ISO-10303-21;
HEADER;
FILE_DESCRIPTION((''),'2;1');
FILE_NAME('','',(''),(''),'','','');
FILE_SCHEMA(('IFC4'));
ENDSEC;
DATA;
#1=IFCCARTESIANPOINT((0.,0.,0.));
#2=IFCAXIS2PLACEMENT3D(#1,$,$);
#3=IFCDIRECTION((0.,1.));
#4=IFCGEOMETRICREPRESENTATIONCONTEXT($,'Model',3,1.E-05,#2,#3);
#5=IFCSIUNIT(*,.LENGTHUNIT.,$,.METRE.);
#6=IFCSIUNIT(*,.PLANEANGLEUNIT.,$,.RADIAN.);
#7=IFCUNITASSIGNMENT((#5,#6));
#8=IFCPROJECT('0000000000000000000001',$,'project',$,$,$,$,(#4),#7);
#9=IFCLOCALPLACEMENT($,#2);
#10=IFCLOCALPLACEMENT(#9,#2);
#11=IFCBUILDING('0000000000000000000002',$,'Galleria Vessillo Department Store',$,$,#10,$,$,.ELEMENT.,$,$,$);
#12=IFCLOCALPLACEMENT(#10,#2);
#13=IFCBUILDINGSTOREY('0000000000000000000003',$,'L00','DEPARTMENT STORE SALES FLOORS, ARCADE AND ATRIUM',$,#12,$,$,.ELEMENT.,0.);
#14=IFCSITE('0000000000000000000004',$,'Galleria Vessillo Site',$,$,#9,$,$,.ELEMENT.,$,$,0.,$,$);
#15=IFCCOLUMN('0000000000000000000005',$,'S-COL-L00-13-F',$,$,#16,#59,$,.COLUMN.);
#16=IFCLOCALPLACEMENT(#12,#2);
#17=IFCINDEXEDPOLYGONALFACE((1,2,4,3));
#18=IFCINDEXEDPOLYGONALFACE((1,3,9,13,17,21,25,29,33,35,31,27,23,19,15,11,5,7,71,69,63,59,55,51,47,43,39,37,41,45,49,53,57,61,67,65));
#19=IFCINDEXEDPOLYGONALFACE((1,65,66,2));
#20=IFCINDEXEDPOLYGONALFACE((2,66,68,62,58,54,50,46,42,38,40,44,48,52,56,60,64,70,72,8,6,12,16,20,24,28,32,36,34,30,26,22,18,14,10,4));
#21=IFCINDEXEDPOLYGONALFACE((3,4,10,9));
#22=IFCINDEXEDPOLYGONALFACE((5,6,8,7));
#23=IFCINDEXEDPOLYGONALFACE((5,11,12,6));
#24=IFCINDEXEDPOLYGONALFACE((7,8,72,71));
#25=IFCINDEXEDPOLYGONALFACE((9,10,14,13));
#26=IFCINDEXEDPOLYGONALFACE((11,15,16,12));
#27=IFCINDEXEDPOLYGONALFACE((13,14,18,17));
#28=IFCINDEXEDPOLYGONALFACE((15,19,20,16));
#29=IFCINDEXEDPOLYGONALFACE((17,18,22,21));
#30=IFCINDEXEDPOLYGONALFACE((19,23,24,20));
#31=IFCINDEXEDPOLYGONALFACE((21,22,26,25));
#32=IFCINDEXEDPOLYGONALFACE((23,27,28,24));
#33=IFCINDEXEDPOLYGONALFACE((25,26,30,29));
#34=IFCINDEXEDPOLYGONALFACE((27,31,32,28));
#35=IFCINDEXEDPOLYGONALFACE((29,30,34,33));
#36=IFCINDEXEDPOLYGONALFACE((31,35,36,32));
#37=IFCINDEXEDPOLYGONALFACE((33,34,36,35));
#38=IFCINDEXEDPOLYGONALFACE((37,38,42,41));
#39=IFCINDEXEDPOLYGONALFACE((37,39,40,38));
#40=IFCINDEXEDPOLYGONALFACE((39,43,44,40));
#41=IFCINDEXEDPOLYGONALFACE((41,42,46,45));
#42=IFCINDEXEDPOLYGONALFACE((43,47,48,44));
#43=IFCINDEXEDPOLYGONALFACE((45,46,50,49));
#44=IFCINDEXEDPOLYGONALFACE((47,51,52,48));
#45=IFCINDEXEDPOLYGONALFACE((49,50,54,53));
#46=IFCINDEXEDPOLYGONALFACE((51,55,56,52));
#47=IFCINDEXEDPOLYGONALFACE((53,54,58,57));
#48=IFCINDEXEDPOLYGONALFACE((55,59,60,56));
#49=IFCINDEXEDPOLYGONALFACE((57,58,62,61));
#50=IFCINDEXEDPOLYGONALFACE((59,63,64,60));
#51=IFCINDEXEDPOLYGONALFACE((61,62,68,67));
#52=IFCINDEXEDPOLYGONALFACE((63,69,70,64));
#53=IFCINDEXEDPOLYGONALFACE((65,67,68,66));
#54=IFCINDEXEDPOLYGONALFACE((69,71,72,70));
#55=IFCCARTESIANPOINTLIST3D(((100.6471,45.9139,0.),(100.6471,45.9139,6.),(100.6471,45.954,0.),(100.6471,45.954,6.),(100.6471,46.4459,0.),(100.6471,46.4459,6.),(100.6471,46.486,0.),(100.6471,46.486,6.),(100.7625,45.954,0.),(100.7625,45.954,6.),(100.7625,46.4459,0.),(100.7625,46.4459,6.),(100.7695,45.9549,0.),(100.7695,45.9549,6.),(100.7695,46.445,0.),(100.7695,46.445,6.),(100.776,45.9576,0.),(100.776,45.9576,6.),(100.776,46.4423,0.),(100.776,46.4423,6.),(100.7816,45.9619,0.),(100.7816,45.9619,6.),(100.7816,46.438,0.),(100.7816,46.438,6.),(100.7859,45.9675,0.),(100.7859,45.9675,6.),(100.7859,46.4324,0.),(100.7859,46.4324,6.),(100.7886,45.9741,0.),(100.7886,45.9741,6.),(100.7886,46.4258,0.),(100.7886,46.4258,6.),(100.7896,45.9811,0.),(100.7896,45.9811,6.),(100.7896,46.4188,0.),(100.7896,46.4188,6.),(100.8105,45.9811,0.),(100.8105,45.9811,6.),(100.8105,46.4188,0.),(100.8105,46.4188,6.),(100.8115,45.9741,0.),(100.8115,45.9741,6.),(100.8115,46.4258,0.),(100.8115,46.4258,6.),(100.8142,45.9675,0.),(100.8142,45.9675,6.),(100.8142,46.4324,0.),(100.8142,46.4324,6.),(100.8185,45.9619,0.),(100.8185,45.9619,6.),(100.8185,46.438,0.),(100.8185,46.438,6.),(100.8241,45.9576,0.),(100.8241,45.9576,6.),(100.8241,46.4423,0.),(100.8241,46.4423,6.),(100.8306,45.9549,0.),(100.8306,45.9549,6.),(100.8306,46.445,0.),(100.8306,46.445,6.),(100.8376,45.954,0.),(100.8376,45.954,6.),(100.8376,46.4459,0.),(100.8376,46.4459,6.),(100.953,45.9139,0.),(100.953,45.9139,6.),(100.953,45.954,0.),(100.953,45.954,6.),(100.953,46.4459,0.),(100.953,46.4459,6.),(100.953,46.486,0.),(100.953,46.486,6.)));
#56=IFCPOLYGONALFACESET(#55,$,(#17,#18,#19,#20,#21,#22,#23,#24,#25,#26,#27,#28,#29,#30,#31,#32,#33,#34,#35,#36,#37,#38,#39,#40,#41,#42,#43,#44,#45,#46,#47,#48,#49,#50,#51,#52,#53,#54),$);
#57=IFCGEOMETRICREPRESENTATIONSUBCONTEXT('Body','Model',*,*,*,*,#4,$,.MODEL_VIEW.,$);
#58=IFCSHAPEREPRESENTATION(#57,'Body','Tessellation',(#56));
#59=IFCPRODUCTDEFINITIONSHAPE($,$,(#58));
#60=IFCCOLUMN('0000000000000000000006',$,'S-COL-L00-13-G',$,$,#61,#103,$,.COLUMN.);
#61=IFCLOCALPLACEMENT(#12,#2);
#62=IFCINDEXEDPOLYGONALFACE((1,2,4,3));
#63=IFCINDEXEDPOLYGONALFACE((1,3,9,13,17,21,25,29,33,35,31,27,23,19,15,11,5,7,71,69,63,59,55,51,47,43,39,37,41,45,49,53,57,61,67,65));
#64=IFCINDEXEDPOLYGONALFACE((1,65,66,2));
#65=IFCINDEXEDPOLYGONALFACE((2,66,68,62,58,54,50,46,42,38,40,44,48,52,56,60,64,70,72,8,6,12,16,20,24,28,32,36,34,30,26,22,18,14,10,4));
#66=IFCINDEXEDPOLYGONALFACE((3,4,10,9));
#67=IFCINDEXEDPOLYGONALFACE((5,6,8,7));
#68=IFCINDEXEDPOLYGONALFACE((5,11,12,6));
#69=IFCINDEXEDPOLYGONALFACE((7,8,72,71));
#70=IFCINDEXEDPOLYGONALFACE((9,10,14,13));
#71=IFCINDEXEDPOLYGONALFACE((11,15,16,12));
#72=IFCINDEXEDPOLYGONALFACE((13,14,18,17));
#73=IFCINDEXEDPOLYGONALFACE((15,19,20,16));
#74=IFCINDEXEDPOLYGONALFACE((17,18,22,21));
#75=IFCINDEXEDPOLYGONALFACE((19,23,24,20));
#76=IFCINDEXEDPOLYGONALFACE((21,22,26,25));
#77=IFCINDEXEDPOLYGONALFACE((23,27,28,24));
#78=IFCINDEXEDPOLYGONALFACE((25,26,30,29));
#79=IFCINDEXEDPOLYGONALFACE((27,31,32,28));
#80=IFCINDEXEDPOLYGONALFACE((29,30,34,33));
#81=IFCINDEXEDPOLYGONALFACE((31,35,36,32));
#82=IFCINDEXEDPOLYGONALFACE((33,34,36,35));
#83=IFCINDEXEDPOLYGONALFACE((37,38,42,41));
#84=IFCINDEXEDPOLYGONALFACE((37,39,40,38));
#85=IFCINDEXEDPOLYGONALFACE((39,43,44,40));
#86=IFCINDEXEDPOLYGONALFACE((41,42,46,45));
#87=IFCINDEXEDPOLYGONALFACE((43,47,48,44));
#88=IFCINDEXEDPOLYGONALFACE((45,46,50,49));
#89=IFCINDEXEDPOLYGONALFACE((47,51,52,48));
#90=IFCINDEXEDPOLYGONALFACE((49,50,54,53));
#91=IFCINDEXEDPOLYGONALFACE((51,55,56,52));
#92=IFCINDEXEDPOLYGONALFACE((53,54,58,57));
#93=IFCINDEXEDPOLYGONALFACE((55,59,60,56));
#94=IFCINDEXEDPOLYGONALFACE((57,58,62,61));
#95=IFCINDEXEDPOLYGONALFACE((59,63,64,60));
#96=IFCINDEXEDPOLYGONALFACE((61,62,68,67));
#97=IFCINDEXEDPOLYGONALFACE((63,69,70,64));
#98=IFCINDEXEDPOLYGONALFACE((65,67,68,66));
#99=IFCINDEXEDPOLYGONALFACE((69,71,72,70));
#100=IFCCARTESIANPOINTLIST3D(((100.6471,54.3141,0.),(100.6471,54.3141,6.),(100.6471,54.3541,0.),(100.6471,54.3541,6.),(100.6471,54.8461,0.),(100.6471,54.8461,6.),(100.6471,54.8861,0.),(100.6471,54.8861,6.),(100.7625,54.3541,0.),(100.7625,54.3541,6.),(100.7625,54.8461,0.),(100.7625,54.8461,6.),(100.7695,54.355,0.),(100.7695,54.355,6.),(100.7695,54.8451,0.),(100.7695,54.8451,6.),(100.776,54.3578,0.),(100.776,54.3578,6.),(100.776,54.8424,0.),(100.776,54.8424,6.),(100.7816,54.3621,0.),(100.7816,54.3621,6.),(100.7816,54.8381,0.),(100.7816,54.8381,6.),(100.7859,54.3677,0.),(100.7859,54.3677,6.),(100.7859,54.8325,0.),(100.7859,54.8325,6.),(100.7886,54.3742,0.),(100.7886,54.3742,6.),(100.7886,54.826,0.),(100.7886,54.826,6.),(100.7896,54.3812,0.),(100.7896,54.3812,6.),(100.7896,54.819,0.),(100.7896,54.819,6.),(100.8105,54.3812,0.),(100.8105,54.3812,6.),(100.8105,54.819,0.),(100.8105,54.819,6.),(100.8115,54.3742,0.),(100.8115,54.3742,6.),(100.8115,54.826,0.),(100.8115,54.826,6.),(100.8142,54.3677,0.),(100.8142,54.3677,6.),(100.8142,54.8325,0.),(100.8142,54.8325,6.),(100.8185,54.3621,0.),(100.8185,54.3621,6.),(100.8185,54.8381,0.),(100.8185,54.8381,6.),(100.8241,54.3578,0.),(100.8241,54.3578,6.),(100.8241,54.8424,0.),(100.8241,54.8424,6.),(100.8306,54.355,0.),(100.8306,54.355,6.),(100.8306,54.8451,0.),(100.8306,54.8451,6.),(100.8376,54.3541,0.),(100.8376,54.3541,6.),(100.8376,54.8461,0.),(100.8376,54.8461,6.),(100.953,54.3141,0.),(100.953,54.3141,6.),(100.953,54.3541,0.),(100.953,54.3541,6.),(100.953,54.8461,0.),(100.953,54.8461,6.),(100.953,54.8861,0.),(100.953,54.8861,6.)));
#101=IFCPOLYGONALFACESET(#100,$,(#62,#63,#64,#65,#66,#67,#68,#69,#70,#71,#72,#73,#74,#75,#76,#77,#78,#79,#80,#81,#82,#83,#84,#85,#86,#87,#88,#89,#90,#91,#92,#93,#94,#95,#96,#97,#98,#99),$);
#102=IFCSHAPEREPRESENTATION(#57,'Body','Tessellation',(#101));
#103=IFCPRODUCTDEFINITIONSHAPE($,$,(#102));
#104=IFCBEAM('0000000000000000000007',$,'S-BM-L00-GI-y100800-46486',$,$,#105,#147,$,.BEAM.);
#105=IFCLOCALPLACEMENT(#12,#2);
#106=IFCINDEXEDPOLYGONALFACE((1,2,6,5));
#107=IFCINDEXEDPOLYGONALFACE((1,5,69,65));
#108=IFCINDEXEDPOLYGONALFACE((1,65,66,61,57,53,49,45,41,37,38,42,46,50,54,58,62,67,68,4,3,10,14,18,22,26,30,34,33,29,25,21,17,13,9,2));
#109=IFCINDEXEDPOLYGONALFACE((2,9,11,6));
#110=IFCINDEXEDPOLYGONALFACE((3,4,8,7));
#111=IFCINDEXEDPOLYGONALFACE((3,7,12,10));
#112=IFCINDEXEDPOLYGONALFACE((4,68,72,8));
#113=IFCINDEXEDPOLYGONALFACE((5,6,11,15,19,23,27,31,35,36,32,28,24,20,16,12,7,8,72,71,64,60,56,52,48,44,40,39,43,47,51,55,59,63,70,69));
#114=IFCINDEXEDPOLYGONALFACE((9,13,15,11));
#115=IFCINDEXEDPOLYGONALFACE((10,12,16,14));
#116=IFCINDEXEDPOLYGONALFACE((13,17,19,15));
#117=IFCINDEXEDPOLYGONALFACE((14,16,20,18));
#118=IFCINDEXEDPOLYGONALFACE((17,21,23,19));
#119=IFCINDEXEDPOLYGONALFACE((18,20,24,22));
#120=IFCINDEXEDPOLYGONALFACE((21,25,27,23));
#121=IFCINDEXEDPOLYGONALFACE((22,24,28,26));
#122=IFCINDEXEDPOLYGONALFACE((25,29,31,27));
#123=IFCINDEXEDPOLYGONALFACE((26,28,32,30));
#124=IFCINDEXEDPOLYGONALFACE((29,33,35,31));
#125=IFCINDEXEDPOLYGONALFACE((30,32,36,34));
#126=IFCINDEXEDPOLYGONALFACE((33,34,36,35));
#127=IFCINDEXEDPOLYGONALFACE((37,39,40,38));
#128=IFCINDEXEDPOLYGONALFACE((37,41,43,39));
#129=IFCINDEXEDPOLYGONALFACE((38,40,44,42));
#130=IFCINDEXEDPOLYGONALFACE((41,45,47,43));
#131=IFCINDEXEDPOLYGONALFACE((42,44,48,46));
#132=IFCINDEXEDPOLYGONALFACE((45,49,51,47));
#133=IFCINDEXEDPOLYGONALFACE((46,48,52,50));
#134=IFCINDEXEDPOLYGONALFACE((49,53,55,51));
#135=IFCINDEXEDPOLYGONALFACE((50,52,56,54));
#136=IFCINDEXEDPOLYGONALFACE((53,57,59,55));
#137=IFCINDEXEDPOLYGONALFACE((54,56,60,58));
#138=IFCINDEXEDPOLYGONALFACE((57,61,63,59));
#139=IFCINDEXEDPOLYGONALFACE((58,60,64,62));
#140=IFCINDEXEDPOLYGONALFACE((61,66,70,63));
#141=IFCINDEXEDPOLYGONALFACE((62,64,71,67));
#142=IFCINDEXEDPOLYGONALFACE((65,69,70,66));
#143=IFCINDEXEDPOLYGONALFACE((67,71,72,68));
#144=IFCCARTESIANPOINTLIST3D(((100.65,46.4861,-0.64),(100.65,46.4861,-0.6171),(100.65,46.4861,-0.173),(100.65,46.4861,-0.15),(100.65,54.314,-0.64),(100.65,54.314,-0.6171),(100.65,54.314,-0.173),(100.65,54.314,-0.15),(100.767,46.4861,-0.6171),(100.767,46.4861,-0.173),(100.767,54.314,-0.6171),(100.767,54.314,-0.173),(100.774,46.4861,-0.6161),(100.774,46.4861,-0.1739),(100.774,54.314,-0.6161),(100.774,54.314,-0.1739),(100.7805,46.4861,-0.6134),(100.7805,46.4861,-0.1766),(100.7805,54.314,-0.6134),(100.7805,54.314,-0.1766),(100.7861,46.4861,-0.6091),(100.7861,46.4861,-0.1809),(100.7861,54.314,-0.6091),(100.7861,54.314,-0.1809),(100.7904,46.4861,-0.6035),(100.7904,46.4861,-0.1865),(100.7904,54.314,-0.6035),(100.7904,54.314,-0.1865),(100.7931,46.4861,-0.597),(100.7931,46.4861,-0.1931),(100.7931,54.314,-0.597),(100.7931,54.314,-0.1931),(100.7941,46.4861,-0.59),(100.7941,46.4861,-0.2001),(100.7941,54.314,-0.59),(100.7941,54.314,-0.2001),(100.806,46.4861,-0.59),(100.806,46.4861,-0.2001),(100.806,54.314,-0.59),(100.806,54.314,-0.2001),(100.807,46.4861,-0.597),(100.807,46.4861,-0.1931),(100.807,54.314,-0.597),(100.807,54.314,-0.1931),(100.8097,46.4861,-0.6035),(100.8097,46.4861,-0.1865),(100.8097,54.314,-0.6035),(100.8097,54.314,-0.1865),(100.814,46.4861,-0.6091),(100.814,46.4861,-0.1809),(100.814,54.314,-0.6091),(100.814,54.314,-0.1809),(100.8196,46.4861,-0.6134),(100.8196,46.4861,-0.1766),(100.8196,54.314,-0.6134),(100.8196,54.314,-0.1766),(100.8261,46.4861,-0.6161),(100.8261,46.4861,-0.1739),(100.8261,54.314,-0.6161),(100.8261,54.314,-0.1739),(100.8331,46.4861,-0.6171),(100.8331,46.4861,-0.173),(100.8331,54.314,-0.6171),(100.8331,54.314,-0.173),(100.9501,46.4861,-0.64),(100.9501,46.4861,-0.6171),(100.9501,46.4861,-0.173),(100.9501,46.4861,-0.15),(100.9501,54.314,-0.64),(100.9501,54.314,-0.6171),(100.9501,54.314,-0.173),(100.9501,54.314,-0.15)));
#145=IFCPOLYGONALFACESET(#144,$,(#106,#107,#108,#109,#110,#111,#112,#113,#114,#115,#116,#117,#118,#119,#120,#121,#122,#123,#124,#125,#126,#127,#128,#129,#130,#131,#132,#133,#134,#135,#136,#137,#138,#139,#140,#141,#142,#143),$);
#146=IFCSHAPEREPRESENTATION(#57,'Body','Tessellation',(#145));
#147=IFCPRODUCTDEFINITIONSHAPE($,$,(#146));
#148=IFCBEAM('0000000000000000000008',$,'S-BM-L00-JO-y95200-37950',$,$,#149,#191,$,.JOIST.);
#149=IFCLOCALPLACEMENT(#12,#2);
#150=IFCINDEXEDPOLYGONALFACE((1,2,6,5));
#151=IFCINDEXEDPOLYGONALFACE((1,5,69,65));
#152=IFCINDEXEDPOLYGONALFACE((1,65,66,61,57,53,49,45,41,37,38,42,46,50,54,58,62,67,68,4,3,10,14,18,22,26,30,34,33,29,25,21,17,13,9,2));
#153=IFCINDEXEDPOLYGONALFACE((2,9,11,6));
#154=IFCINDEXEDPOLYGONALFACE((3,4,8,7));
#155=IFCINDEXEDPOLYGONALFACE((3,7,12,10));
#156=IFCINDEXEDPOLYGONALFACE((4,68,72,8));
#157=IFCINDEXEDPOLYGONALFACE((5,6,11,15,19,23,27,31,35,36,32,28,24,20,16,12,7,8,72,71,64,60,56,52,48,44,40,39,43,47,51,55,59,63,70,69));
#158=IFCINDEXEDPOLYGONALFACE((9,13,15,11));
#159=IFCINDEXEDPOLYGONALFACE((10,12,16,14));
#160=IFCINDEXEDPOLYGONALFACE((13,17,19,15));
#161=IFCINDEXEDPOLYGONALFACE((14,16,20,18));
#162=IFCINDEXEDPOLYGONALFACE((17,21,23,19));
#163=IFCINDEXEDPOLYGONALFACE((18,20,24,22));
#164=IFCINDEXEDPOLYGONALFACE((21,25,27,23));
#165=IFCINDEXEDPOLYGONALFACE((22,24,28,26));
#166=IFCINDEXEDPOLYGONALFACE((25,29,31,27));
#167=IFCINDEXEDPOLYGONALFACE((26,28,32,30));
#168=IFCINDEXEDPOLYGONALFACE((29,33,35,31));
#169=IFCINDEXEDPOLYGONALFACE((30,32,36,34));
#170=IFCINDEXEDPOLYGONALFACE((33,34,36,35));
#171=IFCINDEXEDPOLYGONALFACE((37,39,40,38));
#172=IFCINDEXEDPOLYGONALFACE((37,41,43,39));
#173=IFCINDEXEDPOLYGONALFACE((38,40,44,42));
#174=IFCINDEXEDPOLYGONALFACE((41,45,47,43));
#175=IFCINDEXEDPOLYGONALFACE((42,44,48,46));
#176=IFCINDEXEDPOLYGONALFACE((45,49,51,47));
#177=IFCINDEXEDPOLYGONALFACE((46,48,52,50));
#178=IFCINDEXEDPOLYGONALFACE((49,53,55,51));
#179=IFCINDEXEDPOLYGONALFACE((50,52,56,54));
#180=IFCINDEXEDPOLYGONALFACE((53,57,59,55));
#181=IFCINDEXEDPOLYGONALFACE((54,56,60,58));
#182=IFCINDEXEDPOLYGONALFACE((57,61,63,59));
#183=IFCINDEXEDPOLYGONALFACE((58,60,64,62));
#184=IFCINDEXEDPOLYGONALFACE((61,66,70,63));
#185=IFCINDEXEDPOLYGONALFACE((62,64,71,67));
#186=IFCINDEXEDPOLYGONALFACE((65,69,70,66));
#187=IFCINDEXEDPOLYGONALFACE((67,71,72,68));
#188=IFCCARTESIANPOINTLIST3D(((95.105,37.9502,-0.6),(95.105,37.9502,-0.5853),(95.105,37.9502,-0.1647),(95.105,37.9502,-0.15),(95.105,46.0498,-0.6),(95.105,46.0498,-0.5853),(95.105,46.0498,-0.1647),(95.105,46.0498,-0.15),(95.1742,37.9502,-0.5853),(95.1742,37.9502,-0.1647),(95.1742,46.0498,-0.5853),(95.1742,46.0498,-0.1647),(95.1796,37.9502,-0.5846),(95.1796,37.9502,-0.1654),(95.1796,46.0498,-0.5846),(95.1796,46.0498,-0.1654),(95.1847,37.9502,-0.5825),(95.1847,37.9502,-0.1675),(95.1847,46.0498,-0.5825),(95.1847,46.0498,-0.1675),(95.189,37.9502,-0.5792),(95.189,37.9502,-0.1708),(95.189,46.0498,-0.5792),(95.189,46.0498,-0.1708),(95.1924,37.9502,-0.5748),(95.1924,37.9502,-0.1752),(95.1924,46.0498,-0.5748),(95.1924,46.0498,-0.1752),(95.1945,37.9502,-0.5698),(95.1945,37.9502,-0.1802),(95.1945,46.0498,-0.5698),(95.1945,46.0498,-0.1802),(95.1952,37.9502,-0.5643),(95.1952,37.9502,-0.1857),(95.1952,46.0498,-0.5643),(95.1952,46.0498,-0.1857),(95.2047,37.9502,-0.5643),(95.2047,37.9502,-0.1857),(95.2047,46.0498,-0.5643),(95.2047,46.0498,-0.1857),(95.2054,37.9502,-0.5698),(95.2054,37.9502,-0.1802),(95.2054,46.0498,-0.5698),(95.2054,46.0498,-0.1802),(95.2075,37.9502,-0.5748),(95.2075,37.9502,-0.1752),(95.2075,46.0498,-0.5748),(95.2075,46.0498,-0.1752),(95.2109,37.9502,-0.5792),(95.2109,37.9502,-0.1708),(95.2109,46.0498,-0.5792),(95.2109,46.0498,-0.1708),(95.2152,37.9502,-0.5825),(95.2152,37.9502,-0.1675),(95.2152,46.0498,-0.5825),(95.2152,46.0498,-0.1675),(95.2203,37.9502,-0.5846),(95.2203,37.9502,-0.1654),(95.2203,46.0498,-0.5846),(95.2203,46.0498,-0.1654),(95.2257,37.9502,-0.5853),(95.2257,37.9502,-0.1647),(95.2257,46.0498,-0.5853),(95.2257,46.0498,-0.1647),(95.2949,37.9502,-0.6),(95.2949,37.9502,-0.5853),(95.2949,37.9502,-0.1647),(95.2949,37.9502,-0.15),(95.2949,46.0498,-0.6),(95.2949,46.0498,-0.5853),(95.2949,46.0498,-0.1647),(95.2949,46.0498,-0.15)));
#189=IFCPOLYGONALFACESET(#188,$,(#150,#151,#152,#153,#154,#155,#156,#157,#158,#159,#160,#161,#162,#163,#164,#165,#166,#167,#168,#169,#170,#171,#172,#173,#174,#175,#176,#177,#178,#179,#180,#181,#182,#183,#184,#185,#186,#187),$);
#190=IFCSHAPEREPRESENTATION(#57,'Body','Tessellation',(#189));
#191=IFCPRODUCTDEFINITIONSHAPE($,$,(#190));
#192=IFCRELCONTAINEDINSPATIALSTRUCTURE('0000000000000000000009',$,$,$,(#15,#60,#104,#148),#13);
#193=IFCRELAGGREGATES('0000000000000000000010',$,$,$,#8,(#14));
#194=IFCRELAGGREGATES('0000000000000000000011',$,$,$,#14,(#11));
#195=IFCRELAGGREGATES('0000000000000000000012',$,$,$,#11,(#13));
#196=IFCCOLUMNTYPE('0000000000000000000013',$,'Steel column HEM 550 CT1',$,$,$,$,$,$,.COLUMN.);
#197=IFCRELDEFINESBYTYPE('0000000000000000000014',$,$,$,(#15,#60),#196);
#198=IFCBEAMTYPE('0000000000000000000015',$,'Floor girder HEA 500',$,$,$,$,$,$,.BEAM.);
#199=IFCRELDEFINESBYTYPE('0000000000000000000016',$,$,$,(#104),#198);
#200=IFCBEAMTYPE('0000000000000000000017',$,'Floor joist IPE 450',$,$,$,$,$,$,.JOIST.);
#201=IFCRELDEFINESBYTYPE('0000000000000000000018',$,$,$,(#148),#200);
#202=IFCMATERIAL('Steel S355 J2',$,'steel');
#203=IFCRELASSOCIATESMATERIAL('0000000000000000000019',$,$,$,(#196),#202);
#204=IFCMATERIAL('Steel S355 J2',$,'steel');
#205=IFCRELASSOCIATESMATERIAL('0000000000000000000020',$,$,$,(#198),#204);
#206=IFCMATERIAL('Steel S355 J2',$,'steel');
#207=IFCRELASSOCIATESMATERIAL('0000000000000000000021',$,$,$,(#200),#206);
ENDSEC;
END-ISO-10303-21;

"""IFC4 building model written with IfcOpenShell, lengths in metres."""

from ifc_helpers import new_model, si_unit, direction, frame, origin, origin_2d, place, context, subcontext, project, spatial, i_section, extrude, material, material_profile, profile_set, type_object, element, save


model = new_model("IFC4")

# Units and contexts
model_context = context("Model", 3, precision=1e-05, world=origin(), true_north=direction((0.0, 1.0)))
body_context = subcontext(model_context, "Body", "Model", "MODEL_VIEW")
ifc_project = project(units=[si_unit("LENGTHUNIT", "METRE"), si_unit("PLANEANGLEUNIT", "RADIAN")], contexts=[model_context])

# Site, building, storey
site_placement = place(None, origin())
site = spatial("IfcSite", under=ifc_project, at=site_placement, Name="Galleria Vessillo Site", CompositionType="ELEMENT", RefElevation=0.0)
building_placement = place(site_placement, origin())
building = spatial("IfcBuilding", under=site, at=building_placement, Name="Galleria Vessillo Department Store", CompositionType="ELEMENT")
storey_placement = place(building_placement, origin())
storey = spatial("IfcBuildingStorey", under=building, at=storey_placement, Name="L00", Description="DEPARTMENT STORE SALES FLOORS, ARCADE AND ATRIUM", CompositionType="ELEMENT", Elevation=0.0)

# Columns
ifc_material_1 = material(Name="Steel S355 J2", Category="steel")
ifc_material_profile_1 = material_profile(ifc_material_1, i_section(OverallWidth=0.3059, OverallDepth=0.572, WebThickness=0.021, FlangeThickness=0.04, FilletRadius=0.0271, at=origin_2d()), Name="HEM 550")
ifc_profile_set_1 = profile_set([ifc_material_profile_1], Name="Steel S355 J2")
column_type = type_object("IfcColumnType", Name="Steel column HEM 550 CT1", PredefinedType="COLUMN", material=ifc_profile_set_1)
for number, where, z_axis, x_axis, name in (
    (1, (100.8, 46.2, 0.0), (0.0, 0.0, 1.0), (1.0, 0.0, 0.0), "S-COL-L00-13-F"),
    (2, (100.8, 54.6001, 0.0), (0.0, 0.0, 1.0), (1.0, 0.0, 0.0), "S-COL-L00-13-G"),
):
    element("IfcColumn", number, at=place(storey_placement, frame(where, z_axis=z_axis, x_axis=x_axis)), inside=storey, type_object=column_type, Name=name, PredefinedType="COLUMN", context=body_context, shape_type="SweptSolid", body=[
        extrude(i_section(OverallWidth=0.3059, OverallDepth=0.572, WebThickness=0.021, FlangeThickness=0.04, FilletRadius=0.0271, at=origin_2d()), origin(), (0.0, 0.0, 1.0), 6.0),
    ])

# Beams
ifc_material_2 = material(Name="Steel S355 J2", Category="steel")
ifc_material_profile_2 = material_profile(ifc_material_2, i_section(OverallWidth=0.3, OverallDepth=0.49, WebThickness=0.012, FlangeThickness=0.0229, FilletRadius=0.0271, at=origin_2d()), Name="HEA 500")
ifc_profile_set_2 = profile_set([ifc_material_profile_2], Name="Steel S355 J2")
beam_type_1 = type_object("IfcBeamType", Name="Floor girder HEA 500", PredefinedType="BEAM", material=ifc_profile_set_2)
beam_1_placement = place(storey_placement, frame((100.8, 46.4861, -0.395), z_axis=(0.0, 1.0, 0.0), x_axis=(-1.0, 0.0, 0.0)))
element("IfcBeam", 3, at=beam_1_placement, inside=storey, type_object=beam_type_1, Name="S-BM-L00-GI-y100800-46486", PredefinedType="BEAM", context=body_context, shape_type="SweptSolid", body=[
    extrude(i_section(OverallWidth=0.3, OverallDepth=0.49, WebThickness=0.012, FlangeThickness=0.0229, FilletRadius=0.0271, at=origin_2d()), origin(), (0.0, 0.0, 1.0), 7.8279),
])
ifc_material_3 = material(Name="Steel S355 J2", Category="steel")
ifc_material_profile_3 = material_profile(ifc_material_3, i_section(OverallWidth=0.1899, OverallDepth=0.45, WebThickness=0.0095, FlangeThickness=0.0146, FilletRadius=0.021, at=origin_2d()), Name="IPE 450")
ifc_profile_set_3 = profile_set([ifc_material_profile_3], Name="Steel S355 J2")
beam_type_2 = type_object("IfcBeamType", Name="Floor joist IPE 450", PredefinedType="JOIST", material=ifc_profile_set_3)
for number, where, z_axis, x_axis, name in (
    (4, (95.2, 37.9502, -0.375), (0.0, 1.0, 0.0), (-1.0, 0.0, 0.0), "S-BM-L00-JO-y95200-37950"),
):
    element("IfcBeam", number, at=place(storey_placement, frame(where, z_axis=z_axis, x_axis=x_axis)), inside=storey, type_object=beam_type_2, Name=name, PredefinedType="JOIST", context=body_context, shape_type="SweptSolid", body=[
        extrude(i_section(OverallWidth=0.1899, OverallDepth=0.45, WebThickness=0.0095, FlangeThickness=0.0146, FilletRadius=0.021, at=origin_2d()), origin(), (0.0, 0.0, 1.0), 8.0996),
    ])

save(model, "model.ifc")
